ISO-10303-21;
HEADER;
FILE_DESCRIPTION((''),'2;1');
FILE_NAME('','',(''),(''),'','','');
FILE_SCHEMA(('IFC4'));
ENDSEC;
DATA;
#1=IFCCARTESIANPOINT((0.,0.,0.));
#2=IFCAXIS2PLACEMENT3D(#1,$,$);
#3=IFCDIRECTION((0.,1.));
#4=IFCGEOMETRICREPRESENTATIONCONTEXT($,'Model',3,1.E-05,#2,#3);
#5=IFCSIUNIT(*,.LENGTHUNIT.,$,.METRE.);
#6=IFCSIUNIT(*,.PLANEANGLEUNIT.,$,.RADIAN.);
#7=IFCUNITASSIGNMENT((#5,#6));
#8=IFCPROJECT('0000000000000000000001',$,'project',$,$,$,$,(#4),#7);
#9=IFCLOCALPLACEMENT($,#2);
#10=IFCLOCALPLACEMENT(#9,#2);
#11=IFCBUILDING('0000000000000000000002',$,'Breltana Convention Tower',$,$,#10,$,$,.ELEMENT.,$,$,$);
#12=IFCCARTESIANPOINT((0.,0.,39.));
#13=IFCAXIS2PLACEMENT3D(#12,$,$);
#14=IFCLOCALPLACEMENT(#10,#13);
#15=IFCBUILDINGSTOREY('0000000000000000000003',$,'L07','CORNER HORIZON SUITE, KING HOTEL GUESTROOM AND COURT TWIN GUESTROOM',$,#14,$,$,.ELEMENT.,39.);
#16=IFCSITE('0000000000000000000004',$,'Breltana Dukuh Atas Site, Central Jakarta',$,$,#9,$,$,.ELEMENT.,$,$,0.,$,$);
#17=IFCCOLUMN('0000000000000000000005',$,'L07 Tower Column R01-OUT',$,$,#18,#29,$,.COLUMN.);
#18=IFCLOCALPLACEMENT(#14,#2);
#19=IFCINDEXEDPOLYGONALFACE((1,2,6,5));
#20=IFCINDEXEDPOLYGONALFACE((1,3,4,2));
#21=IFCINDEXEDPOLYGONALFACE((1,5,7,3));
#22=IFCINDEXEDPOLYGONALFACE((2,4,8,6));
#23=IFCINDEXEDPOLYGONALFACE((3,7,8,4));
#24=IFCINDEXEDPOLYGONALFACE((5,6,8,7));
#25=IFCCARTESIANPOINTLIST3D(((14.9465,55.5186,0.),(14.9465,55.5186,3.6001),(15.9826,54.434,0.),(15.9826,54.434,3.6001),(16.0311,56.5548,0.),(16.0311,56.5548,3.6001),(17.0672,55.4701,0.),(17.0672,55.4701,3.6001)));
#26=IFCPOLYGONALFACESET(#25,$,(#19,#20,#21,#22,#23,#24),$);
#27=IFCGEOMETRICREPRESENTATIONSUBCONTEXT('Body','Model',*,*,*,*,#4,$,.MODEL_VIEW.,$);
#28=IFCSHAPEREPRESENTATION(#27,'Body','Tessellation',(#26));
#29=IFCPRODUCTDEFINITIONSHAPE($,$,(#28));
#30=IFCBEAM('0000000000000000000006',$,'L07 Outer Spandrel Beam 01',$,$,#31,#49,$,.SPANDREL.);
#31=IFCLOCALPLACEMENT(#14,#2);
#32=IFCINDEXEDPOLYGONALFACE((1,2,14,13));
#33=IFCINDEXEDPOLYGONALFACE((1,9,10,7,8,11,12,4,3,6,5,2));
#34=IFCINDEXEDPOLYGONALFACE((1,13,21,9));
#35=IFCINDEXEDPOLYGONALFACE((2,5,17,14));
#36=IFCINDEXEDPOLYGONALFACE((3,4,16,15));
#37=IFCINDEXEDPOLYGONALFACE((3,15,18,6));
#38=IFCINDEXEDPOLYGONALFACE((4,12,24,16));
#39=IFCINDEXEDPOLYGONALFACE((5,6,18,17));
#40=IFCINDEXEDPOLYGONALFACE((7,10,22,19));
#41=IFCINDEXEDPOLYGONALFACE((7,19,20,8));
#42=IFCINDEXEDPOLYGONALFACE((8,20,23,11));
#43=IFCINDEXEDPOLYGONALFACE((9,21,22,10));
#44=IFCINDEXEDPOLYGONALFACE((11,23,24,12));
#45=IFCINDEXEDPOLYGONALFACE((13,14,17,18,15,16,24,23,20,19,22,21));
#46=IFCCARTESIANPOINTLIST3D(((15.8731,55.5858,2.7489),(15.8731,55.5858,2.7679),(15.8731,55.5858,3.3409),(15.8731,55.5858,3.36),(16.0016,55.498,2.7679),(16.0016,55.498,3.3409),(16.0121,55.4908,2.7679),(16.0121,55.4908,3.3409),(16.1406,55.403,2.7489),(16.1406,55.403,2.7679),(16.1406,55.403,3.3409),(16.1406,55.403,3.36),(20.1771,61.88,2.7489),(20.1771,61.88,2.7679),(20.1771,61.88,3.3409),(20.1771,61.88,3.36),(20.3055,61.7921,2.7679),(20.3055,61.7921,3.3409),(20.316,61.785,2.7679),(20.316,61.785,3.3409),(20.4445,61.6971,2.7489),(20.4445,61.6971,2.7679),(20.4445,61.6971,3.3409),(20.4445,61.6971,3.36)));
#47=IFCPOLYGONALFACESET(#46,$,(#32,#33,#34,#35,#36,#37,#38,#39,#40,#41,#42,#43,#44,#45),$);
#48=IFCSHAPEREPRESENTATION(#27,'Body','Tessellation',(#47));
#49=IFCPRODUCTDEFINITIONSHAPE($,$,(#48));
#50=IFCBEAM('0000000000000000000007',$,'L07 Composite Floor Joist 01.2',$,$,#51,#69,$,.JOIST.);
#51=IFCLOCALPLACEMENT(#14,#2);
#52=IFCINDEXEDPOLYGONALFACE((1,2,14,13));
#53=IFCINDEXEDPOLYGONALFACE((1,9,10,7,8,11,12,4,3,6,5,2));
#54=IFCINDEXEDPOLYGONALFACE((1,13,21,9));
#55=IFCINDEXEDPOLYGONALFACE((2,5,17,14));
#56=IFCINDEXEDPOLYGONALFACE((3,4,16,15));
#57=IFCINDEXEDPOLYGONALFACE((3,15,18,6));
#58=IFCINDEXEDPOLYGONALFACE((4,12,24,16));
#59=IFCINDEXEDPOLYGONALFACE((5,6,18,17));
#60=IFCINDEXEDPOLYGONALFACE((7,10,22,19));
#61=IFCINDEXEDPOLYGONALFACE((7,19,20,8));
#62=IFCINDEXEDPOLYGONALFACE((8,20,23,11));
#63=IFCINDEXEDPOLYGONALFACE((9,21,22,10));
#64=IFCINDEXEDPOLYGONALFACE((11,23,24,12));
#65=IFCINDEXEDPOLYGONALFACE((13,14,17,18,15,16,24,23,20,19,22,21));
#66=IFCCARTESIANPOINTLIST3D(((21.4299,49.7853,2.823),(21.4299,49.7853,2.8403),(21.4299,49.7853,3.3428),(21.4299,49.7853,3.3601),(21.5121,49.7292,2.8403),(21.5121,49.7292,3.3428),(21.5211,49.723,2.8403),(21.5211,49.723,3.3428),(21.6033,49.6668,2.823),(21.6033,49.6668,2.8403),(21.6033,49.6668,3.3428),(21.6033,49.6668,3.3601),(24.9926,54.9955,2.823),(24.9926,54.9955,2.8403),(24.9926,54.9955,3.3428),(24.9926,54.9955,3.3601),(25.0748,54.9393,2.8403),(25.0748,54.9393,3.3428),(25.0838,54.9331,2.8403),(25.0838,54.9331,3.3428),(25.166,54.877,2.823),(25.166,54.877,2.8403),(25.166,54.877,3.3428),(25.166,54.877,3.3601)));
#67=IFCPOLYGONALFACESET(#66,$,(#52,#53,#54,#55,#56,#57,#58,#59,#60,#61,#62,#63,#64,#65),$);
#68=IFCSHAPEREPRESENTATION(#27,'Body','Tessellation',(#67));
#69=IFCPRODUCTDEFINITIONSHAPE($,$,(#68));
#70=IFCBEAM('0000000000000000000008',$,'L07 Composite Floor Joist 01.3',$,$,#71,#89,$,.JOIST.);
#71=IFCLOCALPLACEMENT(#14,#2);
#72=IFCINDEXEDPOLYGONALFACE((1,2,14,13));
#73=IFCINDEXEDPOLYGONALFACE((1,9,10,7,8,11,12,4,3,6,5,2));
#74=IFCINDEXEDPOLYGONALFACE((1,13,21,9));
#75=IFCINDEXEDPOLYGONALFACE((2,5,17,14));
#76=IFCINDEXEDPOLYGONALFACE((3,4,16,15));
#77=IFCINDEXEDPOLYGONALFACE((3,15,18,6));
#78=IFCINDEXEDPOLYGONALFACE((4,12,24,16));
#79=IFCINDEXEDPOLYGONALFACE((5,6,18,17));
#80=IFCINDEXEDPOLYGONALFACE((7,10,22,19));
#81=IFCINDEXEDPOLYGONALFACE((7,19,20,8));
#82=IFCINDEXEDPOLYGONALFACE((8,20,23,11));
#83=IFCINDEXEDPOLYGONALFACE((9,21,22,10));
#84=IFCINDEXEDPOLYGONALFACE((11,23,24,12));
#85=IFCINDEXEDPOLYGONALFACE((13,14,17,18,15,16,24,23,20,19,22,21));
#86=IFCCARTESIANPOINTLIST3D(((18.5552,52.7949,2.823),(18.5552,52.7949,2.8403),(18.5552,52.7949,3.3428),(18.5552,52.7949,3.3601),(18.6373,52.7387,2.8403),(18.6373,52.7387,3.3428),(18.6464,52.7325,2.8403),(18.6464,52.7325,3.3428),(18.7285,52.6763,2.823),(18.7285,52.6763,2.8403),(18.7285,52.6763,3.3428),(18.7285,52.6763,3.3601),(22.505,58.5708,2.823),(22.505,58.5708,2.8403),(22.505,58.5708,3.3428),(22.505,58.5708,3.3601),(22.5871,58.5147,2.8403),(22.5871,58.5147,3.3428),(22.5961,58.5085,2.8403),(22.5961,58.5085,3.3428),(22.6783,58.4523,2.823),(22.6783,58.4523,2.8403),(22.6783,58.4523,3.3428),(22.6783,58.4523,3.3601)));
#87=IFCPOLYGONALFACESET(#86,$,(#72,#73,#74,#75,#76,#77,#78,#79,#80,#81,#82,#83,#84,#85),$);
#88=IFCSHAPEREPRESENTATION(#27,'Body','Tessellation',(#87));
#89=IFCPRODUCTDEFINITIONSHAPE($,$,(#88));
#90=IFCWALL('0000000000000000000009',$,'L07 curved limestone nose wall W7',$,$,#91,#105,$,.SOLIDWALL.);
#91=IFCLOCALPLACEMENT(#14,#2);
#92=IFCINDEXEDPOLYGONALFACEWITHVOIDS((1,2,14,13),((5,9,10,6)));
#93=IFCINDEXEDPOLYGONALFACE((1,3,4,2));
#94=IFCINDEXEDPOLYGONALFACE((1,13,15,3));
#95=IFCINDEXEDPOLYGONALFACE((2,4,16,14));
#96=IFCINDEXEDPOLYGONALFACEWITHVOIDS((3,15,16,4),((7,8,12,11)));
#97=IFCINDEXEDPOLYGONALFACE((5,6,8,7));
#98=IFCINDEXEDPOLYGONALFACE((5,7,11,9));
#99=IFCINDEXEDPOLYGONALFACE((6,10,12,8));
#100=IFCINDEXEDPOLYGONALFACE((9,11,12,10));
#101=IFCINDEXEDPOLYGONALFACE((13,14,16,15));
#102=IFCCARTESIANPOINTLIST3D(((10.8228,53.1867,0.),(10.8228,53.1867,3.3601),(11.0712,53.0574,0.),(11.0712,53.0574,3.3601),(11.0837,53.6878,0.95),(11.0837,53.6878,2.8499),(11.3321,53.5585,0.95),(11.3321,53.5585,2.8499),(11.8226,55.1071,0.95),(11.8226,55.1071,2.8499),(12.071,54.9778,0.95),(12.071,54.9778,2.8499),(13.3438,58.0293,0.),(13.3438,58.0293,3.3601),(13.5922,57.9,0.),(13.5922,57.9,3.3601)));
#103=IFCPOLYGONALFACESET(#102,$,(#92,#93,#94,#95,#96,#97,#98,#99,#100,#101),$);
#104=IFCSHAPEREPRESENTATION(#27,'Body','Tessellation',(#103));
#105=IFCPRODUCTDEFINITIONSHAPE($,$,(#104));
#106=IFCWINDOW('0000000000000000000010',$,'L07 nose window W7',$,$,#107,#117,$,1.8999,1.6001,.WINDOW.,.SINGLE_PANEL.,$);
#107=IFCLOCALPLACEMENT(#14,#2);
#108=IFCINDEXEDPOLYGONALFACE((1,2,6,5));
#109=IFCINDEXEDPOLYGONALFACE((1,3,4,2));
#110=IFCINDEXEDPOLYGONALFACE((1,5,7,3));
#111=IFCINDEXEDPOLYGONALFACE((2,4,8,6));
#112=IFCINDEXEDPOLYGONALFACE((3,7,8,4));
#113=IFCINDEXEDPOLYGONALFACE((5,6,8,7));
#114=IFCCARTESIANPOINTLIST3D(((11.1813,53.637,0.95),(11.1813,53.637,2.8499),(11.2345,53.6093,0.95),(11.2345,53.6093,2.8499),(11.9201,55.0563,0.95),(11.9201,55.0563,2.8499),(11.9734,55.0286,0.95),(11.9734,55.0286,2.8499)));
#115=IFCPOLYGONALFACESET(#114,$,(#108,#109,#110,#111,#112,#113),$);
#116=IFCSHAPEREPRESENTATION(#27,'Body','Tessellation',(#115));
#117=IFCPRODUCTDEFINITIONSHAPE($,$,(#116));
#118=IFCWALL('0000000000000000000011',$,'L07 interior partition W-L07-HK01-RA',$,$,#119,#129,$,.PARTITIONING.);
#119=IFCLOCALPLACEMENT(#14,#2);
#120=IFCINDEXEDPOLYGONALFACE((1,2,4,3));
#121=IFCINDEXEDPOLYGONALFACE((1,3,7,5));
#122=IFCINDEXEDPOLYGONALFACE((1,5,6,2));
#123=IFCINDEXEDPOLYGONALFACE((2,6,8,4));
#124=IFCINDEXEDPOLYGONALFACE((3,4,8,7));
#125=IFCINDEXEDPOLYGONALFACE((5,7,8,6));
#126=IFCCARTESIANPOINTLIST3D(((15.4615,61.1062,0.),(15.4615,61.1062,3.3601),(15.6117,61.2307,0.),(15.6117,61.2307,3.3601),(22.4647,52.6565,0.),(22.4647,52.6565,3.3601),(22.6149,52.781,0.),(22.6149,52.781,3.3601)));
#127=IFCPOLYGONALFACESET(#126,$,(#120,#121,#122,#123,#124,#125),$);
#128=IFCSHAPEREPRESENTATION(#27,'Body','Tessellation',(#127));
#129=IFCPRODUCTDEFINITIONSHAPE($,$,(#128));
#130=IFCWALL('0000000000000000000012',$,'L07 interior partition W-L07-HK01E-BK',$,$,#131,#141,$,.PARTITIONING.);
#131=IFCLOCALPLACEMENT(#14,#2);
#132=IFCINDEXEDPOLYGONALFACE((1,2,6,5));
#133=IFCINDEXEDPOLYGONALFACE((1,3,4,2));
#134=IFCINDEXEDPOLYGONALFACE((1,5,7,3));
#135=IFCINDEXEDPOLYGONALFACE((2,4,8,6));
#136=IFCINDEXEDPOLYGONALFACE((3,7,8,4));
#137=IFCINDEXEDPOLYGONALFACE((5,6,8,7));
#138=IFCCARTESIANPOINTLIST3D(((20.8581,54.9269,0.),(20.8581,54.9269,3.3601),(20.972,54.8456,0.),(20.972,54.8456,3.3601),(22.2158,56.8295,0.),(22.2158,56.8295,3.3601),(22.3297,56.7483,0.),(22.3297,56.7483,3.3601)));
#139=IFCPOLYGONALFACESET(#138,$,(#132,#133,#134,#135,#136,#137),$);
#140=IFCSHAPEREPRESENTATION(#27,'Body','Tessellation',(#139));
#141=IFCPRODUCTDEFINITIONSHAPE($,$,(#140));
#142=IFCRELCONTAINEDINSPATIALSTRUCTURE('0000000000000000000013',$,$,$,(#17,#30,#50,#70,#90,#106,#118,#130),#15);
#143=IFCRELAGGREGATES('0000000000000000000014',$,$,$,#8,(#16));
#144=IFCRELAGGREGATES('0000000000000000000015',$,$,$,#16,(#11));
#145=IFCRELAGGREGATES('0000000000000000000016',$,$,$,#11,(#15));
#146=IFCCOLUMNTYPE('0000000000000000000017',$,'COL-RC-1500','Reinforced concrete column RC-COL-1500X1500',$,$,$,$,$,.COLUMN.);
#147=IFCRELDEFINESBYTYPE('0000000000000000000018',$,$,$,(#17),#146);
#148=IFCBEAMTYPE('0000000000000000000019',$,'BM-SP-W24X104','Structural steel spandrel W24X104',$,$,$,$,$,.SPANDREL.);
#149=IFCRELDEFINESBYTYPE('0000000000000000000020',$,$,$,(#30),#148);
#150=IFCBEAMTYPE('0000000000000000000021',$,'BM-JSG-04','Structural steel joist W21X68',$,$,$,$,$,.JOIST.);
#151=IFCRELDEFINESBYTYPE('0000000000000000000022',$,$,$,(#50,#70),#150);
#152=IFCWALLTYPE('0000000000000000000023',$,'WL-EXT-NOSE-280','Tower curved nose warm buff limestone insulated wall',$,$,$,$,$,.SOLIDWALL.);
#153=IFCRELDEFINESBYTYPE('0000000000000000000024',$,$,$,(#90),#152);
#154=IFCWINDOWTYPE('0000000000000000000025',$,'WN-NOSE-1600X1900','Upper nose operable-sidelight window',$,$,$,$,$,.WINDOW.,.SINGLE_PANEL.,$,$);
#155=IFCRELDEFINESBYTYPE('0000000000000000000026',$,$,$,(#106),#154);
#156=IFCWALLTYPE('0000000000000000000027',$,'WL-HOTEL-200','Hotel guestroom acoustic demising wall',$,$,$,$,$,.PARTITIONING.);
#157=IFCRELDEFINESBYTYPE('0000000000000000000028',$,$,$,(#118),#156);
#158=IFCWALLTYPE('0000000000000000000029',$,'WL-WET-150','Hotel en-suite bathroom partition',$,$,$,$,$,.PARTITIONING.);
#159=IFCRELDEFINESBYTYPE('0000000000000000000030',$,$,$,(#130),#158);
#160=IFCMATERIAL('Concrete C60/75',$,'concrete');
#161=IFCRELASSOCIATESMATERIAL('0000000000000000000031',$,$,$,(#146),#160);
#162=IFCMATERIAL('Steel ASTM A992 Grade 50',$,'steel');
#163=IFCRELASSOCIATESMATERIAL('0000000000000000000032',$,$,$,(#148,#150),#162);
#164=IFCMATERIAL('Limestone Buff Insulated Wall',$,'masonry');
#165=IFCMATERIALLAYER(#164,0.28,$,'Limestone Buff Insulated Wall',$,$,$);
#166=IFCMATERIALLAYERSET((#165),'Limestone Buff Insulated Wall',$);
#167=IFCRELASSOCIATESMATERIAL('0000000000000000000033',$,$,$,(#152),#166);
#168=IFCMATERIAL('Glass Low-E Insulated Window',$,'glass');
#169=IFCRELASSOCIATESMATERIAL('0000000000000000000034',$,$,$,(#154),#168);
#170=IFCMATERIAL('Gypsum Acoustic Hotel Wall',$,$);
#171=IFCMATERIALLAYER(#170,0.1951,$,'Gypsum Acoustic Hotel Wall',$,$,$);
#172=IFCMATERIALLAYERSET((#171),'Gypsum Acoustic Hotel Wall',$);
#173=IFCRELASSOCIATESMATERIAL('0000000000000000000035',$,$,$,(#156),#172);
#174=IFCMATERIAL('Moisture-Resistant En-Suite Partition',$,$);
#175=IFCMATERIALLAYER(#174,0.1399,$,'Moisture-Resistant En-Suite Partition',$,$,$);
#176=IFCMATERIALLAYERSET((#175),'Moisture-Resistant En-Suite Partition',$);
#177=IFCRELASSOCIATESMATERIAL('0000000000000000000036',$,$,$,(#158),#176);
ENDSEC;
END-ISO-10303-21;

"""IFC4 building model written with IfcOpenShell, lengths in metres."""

from ifc_helpers import new_model, si_unit, direction, frame, frame_2d, origin, origin_2d, place, context, subcontext, project, spatial, rectangle, i_section, extrude, source, transform, mapped, material, layer, layer_set, material_profile, profile_set, type_object, type_shapes, element, fill, save


model = new_model("IFC4")

# Units and contexts
model_context = context("Model", 3, precision=1e-05, world=origin(), true_north=direction((0.0, 1.0)))
body_context = subcontext(model_context, "Body", "Model", "MODEL_VIEW")
ifc_project = project(units=[si_unit("LENGTHUNIT", "METRE"), si_unit("PLANEANGLEUNIT", "RADIAN")], contexts=[model_context])

# Site, building, storey
site_placement = place(None, origin())
site = spatial("IfcSite", under=ifc_project, at=site_placement, Name="Breltana Dukuh Atas Site, Central Jakarta", CompositionType="ELEMENT", RefElevation=0.0)
building_placement = place(site_placement, origin())
building = spatial("IfcBuilding", under=site, at=building_placement, Name="Breltana Convention Tower", CompositionType="ELEMENT")
storey_placement = place(building_placement, frame((0.0, 0.0, 39.0)))
storey = spatial("IfcBuildingStorey", under=building, at=storey_placement, Name="L07", Description="CORNER HORIZON SUITE, KING HOTEL GUESTROOM AND COURT TWIN GUESTROOM", CompositionType="ELEMENT", Elevation=39.0)

# Column
ifc_material_1 = material(Name="Concrete C60/75", Category="concrete")
ifc_material_profile_1 = material_profile(ifc_material_1, rectangle(XDim=1.5, YDim=1.5, at=origin_2d()), Name="RC-COL-1500X1500")
ifc_profile_set_1 = profile_set([ifc_material_profile_1], Name="Concrete C60/75")
column_type = type_object("IfcColumnType", Name="COL-RC-1500", Description="Reinforced concrete column RC-COL-1500X1500", PredefinedType="COLUMN", material=ifc_profile_set_1)
shared_shape_1 = source(origin(), body_context, "Body", "SweptSolid", [
    extrude(rectangle(XDim=1.5, YDim=1.5, at=origin_2d()), origin(), (0.0, 0.0, 1.0), 3.6001),
])
column_placement = place(storey_placement, frame((16.0068, 55.4944, 0.0), z_axis=(0.0, 0.0, 1.0), x_axis=(-0.690756, 0.723088, 0.0)))
element("IfcColumn", 1, at=column_placement, inside=storey, type_object=column_type, Name="L07 Tower Column R01-OUT", PredefinedType="COLUMN", context=body_context, shape_type="MappedRepresentation", body=[
    mapped(shared_shape_1, transform((0.0, 0.0, 0.0), scale=1.0)),
])

# Beams
ifc_material_2 = material(Name="Steel ASTM A992 Grade 50", Category="steel")
ifc_material_profile_2 = material_profile(ifc_material_2, i_section(OverallWidth=0.324, OverallDepth=0.6111, WebThickness=0.0127, FlangeThickness=0.019, at=origin_2d()), Name="W24X104")
ifc_profile_set_2 = profile_set([ifc_material_profile_2], Name="Steel ASTM A992 Grade 50")
beam_type_1 = type_object("IfcBeamType", Name="BM-SP-W24X104", Description="Structural steel spandrel W24X104", PredefinedType="SPANDREL", material=ifc_profile_set_2)
shared_shape_2 = source(origin(), body_context, "Body", "SweptSolid", [
    extrude(i_section(OverallWidth=0.324, OverallDepth=0.6111, WebThickness=0.0127, FlangeThickness=0.019, at=origin_2d()), origin(), (0.0, 0.0, 1.0), 7.625),
])
type_shapes(beam_type_1, [shared_shape_2])
beam_1_placement = place(storey_placement, frame((16.0068, 55.4944, 3.0544), z_axis=(0.564452, 0.825466, 0.0), x_axis=(-0.825466, 0.564452, 0.0)))
element("IfcBeam", 2, at=beam_1_placement, inside=storey, type_object=beam_type_1, Name="L07 Outer Spandrel Beam 01", PredefinedType="SPANDREL", context=body_context, shape_type="MappedRepresentation", body=[
    mapped(shared_shape_2, transform((0.0, 0.0, 0.0), scale=1.0)),
])
ifc_material_profile_3 = material_profile(ifc_material_2, i_section(OverallWidth=0.21, OverallDepth=0.5371, WebThickness=0.011, FlangeThickness=0.0173, at=origin_2d()), Name="W21X68")
ifc_profile_set_3 = profile_set([ifc_material_profile_3], Name="Steel ASTM A992 Grade 50")
beam_type_2 = type_object("IfcBeamType", Name="BM-JSG-04", Description="Structural steel joist W21X68", PredefinedType="JOIST", material=ifc_profile_set_3)
shared_shape_3 = source(origin(), body_context, "Body", "SweptSolid", [
    extrude(i_section(OverallWidth=0.21, OverallDepth=0.5371, WebThickness=0.011, FlangeThickness=0.0173, at=origin_2d()), origin(), (0.0, 0.0, 1.0), 6.3118),
])
beam_2_placement = place(storey_placement, frame((21.5166, 49.7261, 3.0916), z_axis=(0.564454, 0.825465, 0.0), x_axis=(-0.825465, 0.564454, 0.0)))
element("IfcBeam", 3, at=beam_2_placement, inside=storey, type_object=beam_type_2, Name="L07 Composite Floor Joist 01.2", PredefinedType="JOIST", context=body_context, shape_type="MappedRepresentation", body=[
    mapped(shared_shape_3, transform((0.0, 0.0, 0.0), scale=1.0)),
])
shared_shape_4 = source(origin(), body_context, "Body", "SweptSolid", [
    extrude(i_section(OverallWidth=0.21, OverallDepth=0.5371, WebThickness=0.011, FlangeThickness=0.0173, at=origin_2d()), origin(), (0.0, 0.0, 1.0), 6.9973),
])
beam_3_placement = place(storey_placement, frame((18.6418, 52.7356, 3.0916), z_axis=(0.564469, 0.825454, 0.0), x_axis=(-0.825454, 0.564469, 0.0)))
element("IfcBeam", 4, at=beam_3_placement, inside=storey, type_object=beam_type_2, Name="L07 Composite Floor Joist 01.3", PredefinedType="JOIST", context=body_context, shape_type="MappedRepresentation", body=[
    mapped(shared_shape_4, transform((0.0, 0.0, 0.0), scale=1.0)),
])

# Wall, opening, window
ifc_material_3 = material(Name="Limestone Buff Insulated Wall", Category="masonry")
ifc_layer_1 = layer(ifc_material_3, 0.28, Name="Limestone Buff Insulated Wall")
ifc_layer_set_1 = layer_set([ifc_layer_1], Name="Limestone Buff Insulated Wall")
wall_type_1 = type_object("IfcWallType", Name="WL-EXT-NOSE-280", Description="Tower curved nose warm buff limestone insulated wall", PredefinedType="SOLIDWALL", material=ifc_layer_set_1)
shared_shape_5 = source(origin(), body_context, "Body", "SweptSolid", [
    extrude(rectangle(XDim=5.4595, YDim=0.28, at=frame_2d((2.7297, 0.0))), origin(), (0.0, 0.0, 1.0), 3.3601),
])
wall_1_placement = place(storey_placement, frame((10.947, 53.1221, 0.0), z_axis=(0.0, 0.0, 1.0), x_axis=(0.461768, 0.887001, 0.0)))
wall_1 = element("IfcWall", 5, at=wall_1_placement, inside=storey, type_object=wall_type_1, Name="L07 curved limestone nose wall W7", PredefinedType="SOLIDWALL", context=body_context, shape_type="MappedRepresentation", body=[
    mapped(shared_shape_5, transform((0.0, 0.0, 0.0), scale=1.0)),
])
opening_1_placement = place(wall_1_placement, frame((0.5649, 0.0, 0.95)))
opening_1 = element("IfcOpeningElement", 6, at=opening_1_placement, cuts=wall_1, PredefinedType="OPENING", context=body_context, shape_type="SweptSolid", body=[
    extrude(rectangle(XDim=1.6001, YDim=1.8999, at=frame_2d((0.8, 0.95))), frame((0.0, 0.1499, 0.0), z_axis=(0.0, -1.0, 0.0), x_axis=(1.0, 0.0, 0.0)), (0.0, 0.0, 1.0), 0.3),
])
ifc_material_4 = material(Name="Glass Low-E Insulated Window", Category="glass")
window_type = type_object("IfcWindowType", Name="WN-NOSE-1600X1900", Description="Upper nose operable-sidelight window", PartitioningType="SINGLE_PANEL", PredefinedType="WINDOW", material=ifc_material_4)
shared_shape_6 = source(origin(), body_context, "Body", "SweptSolid", [
    extrude(rectangle(XDim=1.6001, YDim=1.8999, at=frame_2d((0.8, 0.95))), frame((0.0, 0.03, 0.0), z_axis=(0.0, -1.0, 0.0), x_axis=(1.0, 0.0, 0.0)), (0.0, 0.0, 1.0), 0.0601),
])
type_shapes(window_type, [shared_shape_6])
window_placement = place(opening_1_placement, origin())
window = element("IfcWindow", 7, at=window_placement, inside=storey, type_object=window_type, Name="L07 nose window W7", OverallHeight=1.8999, OverallWidth=1.6001, PartitioningType="SINGLE_PANEL", PredefinedType="WINDOW", context=body_context, shape_type="MappedRepresentation", body=[
    mapped(shared_shape_6, transform((0.0, 0.0, 0.0), scale=1.0)),
])
fill(opening_1, window)

# Shared definitions
ifc_material_5 = material(Name="Gypsum Acoustic Hotel Wall")
ifc_layer_2 = layer(ifc_material_5, 0.1951, Name="Gypsum Acoustic Hotel Wall")
ifc_layer_set_2 = layer_set([ifc_layer_2], Name="Gypsum Acoustic Hotel Wall")
wall_type_2 = type_object("IfcWallType", Name="WL-HOTEL-200", Description="Hotel guestroom acoustic demising wall", PredefinedType="PARTITIONING", material=ifc_layer_set_2)

# Walls
shared_shape_7 = source(origin(), body_context, "Body", "SweptSolid", [
    extrude(rectangle(XDim=10.9746, YDim=0.1951, at=frame_2d((5.4873, 0.0))), origin(), (0.0, 0.0, 1.0), 3.3601),
])
wall_2_placement = place(storey_placement, frame((22.5398, 52.7188, 0.0), z_axis=(0.0, 0.0, 1.0), x_axis=(-0.638125, 0.769933, 0.0)))
element("IfcWall", 8, at=wall_2_placement, inside=storey, type_object=wall_type_2, Name="L07 interior partition W-L07-HK01-RA", PredefinedType="PARTITIONING", context=body_context, shape_type="MappedRepresentation", body=[
    mapped(shared_shape_7, transform((0.0, 0.0, 0.0), scale=1.0)),
])
ifc_material_6 = material(Name="Moisture-Resistant En-Suite Partition")
ifc_layer_3 = layer(ifc_material_6, 0.1399, Name="Moisture-Resistant En-Suite Partition")
ifc_layer_set_3 = layer_set([ifc_layer_3], Name="Moisture-Resistant En-Suite Partition")
wall_type_3 = type_object("IfcWallType", Name="WL-WET-150", Description="Hotel en-suite bathroom partition", PredefinedType="PARTITIONING", material=ifc_layer_set_3)
shared_shape_8 = source(origin(), body_context, "Body", "SweptSolid", [
    extrude(rectangle(XDim=2.3374, YDim=0.1399, at=frame_2d((1.1687, 0.0))), origin(), (0.0, 0.0, 1.0), 3.3601),
])
wall_3_placement = place(storey_placement, frame((20.915, 54.8862, 0.0), z_axis=(0.0, 0.0, 1.0), x_axis=(0.580863, 0.814002, 0.0)))
element("IfcWall", 9, at=wall_3_placement, inside=storey, type_object=wall_type_3, Name="L07 interior partition W-L07-HK01E-BK", PredefinedType="PARTITIONING", context=body_context, shape_type="MappedRepresentation", body=[
    mapped(shared_shape_8, transform((0.0, 0.0, 0.0), scale=1.0)),
])

save(model, "model.ifc")
